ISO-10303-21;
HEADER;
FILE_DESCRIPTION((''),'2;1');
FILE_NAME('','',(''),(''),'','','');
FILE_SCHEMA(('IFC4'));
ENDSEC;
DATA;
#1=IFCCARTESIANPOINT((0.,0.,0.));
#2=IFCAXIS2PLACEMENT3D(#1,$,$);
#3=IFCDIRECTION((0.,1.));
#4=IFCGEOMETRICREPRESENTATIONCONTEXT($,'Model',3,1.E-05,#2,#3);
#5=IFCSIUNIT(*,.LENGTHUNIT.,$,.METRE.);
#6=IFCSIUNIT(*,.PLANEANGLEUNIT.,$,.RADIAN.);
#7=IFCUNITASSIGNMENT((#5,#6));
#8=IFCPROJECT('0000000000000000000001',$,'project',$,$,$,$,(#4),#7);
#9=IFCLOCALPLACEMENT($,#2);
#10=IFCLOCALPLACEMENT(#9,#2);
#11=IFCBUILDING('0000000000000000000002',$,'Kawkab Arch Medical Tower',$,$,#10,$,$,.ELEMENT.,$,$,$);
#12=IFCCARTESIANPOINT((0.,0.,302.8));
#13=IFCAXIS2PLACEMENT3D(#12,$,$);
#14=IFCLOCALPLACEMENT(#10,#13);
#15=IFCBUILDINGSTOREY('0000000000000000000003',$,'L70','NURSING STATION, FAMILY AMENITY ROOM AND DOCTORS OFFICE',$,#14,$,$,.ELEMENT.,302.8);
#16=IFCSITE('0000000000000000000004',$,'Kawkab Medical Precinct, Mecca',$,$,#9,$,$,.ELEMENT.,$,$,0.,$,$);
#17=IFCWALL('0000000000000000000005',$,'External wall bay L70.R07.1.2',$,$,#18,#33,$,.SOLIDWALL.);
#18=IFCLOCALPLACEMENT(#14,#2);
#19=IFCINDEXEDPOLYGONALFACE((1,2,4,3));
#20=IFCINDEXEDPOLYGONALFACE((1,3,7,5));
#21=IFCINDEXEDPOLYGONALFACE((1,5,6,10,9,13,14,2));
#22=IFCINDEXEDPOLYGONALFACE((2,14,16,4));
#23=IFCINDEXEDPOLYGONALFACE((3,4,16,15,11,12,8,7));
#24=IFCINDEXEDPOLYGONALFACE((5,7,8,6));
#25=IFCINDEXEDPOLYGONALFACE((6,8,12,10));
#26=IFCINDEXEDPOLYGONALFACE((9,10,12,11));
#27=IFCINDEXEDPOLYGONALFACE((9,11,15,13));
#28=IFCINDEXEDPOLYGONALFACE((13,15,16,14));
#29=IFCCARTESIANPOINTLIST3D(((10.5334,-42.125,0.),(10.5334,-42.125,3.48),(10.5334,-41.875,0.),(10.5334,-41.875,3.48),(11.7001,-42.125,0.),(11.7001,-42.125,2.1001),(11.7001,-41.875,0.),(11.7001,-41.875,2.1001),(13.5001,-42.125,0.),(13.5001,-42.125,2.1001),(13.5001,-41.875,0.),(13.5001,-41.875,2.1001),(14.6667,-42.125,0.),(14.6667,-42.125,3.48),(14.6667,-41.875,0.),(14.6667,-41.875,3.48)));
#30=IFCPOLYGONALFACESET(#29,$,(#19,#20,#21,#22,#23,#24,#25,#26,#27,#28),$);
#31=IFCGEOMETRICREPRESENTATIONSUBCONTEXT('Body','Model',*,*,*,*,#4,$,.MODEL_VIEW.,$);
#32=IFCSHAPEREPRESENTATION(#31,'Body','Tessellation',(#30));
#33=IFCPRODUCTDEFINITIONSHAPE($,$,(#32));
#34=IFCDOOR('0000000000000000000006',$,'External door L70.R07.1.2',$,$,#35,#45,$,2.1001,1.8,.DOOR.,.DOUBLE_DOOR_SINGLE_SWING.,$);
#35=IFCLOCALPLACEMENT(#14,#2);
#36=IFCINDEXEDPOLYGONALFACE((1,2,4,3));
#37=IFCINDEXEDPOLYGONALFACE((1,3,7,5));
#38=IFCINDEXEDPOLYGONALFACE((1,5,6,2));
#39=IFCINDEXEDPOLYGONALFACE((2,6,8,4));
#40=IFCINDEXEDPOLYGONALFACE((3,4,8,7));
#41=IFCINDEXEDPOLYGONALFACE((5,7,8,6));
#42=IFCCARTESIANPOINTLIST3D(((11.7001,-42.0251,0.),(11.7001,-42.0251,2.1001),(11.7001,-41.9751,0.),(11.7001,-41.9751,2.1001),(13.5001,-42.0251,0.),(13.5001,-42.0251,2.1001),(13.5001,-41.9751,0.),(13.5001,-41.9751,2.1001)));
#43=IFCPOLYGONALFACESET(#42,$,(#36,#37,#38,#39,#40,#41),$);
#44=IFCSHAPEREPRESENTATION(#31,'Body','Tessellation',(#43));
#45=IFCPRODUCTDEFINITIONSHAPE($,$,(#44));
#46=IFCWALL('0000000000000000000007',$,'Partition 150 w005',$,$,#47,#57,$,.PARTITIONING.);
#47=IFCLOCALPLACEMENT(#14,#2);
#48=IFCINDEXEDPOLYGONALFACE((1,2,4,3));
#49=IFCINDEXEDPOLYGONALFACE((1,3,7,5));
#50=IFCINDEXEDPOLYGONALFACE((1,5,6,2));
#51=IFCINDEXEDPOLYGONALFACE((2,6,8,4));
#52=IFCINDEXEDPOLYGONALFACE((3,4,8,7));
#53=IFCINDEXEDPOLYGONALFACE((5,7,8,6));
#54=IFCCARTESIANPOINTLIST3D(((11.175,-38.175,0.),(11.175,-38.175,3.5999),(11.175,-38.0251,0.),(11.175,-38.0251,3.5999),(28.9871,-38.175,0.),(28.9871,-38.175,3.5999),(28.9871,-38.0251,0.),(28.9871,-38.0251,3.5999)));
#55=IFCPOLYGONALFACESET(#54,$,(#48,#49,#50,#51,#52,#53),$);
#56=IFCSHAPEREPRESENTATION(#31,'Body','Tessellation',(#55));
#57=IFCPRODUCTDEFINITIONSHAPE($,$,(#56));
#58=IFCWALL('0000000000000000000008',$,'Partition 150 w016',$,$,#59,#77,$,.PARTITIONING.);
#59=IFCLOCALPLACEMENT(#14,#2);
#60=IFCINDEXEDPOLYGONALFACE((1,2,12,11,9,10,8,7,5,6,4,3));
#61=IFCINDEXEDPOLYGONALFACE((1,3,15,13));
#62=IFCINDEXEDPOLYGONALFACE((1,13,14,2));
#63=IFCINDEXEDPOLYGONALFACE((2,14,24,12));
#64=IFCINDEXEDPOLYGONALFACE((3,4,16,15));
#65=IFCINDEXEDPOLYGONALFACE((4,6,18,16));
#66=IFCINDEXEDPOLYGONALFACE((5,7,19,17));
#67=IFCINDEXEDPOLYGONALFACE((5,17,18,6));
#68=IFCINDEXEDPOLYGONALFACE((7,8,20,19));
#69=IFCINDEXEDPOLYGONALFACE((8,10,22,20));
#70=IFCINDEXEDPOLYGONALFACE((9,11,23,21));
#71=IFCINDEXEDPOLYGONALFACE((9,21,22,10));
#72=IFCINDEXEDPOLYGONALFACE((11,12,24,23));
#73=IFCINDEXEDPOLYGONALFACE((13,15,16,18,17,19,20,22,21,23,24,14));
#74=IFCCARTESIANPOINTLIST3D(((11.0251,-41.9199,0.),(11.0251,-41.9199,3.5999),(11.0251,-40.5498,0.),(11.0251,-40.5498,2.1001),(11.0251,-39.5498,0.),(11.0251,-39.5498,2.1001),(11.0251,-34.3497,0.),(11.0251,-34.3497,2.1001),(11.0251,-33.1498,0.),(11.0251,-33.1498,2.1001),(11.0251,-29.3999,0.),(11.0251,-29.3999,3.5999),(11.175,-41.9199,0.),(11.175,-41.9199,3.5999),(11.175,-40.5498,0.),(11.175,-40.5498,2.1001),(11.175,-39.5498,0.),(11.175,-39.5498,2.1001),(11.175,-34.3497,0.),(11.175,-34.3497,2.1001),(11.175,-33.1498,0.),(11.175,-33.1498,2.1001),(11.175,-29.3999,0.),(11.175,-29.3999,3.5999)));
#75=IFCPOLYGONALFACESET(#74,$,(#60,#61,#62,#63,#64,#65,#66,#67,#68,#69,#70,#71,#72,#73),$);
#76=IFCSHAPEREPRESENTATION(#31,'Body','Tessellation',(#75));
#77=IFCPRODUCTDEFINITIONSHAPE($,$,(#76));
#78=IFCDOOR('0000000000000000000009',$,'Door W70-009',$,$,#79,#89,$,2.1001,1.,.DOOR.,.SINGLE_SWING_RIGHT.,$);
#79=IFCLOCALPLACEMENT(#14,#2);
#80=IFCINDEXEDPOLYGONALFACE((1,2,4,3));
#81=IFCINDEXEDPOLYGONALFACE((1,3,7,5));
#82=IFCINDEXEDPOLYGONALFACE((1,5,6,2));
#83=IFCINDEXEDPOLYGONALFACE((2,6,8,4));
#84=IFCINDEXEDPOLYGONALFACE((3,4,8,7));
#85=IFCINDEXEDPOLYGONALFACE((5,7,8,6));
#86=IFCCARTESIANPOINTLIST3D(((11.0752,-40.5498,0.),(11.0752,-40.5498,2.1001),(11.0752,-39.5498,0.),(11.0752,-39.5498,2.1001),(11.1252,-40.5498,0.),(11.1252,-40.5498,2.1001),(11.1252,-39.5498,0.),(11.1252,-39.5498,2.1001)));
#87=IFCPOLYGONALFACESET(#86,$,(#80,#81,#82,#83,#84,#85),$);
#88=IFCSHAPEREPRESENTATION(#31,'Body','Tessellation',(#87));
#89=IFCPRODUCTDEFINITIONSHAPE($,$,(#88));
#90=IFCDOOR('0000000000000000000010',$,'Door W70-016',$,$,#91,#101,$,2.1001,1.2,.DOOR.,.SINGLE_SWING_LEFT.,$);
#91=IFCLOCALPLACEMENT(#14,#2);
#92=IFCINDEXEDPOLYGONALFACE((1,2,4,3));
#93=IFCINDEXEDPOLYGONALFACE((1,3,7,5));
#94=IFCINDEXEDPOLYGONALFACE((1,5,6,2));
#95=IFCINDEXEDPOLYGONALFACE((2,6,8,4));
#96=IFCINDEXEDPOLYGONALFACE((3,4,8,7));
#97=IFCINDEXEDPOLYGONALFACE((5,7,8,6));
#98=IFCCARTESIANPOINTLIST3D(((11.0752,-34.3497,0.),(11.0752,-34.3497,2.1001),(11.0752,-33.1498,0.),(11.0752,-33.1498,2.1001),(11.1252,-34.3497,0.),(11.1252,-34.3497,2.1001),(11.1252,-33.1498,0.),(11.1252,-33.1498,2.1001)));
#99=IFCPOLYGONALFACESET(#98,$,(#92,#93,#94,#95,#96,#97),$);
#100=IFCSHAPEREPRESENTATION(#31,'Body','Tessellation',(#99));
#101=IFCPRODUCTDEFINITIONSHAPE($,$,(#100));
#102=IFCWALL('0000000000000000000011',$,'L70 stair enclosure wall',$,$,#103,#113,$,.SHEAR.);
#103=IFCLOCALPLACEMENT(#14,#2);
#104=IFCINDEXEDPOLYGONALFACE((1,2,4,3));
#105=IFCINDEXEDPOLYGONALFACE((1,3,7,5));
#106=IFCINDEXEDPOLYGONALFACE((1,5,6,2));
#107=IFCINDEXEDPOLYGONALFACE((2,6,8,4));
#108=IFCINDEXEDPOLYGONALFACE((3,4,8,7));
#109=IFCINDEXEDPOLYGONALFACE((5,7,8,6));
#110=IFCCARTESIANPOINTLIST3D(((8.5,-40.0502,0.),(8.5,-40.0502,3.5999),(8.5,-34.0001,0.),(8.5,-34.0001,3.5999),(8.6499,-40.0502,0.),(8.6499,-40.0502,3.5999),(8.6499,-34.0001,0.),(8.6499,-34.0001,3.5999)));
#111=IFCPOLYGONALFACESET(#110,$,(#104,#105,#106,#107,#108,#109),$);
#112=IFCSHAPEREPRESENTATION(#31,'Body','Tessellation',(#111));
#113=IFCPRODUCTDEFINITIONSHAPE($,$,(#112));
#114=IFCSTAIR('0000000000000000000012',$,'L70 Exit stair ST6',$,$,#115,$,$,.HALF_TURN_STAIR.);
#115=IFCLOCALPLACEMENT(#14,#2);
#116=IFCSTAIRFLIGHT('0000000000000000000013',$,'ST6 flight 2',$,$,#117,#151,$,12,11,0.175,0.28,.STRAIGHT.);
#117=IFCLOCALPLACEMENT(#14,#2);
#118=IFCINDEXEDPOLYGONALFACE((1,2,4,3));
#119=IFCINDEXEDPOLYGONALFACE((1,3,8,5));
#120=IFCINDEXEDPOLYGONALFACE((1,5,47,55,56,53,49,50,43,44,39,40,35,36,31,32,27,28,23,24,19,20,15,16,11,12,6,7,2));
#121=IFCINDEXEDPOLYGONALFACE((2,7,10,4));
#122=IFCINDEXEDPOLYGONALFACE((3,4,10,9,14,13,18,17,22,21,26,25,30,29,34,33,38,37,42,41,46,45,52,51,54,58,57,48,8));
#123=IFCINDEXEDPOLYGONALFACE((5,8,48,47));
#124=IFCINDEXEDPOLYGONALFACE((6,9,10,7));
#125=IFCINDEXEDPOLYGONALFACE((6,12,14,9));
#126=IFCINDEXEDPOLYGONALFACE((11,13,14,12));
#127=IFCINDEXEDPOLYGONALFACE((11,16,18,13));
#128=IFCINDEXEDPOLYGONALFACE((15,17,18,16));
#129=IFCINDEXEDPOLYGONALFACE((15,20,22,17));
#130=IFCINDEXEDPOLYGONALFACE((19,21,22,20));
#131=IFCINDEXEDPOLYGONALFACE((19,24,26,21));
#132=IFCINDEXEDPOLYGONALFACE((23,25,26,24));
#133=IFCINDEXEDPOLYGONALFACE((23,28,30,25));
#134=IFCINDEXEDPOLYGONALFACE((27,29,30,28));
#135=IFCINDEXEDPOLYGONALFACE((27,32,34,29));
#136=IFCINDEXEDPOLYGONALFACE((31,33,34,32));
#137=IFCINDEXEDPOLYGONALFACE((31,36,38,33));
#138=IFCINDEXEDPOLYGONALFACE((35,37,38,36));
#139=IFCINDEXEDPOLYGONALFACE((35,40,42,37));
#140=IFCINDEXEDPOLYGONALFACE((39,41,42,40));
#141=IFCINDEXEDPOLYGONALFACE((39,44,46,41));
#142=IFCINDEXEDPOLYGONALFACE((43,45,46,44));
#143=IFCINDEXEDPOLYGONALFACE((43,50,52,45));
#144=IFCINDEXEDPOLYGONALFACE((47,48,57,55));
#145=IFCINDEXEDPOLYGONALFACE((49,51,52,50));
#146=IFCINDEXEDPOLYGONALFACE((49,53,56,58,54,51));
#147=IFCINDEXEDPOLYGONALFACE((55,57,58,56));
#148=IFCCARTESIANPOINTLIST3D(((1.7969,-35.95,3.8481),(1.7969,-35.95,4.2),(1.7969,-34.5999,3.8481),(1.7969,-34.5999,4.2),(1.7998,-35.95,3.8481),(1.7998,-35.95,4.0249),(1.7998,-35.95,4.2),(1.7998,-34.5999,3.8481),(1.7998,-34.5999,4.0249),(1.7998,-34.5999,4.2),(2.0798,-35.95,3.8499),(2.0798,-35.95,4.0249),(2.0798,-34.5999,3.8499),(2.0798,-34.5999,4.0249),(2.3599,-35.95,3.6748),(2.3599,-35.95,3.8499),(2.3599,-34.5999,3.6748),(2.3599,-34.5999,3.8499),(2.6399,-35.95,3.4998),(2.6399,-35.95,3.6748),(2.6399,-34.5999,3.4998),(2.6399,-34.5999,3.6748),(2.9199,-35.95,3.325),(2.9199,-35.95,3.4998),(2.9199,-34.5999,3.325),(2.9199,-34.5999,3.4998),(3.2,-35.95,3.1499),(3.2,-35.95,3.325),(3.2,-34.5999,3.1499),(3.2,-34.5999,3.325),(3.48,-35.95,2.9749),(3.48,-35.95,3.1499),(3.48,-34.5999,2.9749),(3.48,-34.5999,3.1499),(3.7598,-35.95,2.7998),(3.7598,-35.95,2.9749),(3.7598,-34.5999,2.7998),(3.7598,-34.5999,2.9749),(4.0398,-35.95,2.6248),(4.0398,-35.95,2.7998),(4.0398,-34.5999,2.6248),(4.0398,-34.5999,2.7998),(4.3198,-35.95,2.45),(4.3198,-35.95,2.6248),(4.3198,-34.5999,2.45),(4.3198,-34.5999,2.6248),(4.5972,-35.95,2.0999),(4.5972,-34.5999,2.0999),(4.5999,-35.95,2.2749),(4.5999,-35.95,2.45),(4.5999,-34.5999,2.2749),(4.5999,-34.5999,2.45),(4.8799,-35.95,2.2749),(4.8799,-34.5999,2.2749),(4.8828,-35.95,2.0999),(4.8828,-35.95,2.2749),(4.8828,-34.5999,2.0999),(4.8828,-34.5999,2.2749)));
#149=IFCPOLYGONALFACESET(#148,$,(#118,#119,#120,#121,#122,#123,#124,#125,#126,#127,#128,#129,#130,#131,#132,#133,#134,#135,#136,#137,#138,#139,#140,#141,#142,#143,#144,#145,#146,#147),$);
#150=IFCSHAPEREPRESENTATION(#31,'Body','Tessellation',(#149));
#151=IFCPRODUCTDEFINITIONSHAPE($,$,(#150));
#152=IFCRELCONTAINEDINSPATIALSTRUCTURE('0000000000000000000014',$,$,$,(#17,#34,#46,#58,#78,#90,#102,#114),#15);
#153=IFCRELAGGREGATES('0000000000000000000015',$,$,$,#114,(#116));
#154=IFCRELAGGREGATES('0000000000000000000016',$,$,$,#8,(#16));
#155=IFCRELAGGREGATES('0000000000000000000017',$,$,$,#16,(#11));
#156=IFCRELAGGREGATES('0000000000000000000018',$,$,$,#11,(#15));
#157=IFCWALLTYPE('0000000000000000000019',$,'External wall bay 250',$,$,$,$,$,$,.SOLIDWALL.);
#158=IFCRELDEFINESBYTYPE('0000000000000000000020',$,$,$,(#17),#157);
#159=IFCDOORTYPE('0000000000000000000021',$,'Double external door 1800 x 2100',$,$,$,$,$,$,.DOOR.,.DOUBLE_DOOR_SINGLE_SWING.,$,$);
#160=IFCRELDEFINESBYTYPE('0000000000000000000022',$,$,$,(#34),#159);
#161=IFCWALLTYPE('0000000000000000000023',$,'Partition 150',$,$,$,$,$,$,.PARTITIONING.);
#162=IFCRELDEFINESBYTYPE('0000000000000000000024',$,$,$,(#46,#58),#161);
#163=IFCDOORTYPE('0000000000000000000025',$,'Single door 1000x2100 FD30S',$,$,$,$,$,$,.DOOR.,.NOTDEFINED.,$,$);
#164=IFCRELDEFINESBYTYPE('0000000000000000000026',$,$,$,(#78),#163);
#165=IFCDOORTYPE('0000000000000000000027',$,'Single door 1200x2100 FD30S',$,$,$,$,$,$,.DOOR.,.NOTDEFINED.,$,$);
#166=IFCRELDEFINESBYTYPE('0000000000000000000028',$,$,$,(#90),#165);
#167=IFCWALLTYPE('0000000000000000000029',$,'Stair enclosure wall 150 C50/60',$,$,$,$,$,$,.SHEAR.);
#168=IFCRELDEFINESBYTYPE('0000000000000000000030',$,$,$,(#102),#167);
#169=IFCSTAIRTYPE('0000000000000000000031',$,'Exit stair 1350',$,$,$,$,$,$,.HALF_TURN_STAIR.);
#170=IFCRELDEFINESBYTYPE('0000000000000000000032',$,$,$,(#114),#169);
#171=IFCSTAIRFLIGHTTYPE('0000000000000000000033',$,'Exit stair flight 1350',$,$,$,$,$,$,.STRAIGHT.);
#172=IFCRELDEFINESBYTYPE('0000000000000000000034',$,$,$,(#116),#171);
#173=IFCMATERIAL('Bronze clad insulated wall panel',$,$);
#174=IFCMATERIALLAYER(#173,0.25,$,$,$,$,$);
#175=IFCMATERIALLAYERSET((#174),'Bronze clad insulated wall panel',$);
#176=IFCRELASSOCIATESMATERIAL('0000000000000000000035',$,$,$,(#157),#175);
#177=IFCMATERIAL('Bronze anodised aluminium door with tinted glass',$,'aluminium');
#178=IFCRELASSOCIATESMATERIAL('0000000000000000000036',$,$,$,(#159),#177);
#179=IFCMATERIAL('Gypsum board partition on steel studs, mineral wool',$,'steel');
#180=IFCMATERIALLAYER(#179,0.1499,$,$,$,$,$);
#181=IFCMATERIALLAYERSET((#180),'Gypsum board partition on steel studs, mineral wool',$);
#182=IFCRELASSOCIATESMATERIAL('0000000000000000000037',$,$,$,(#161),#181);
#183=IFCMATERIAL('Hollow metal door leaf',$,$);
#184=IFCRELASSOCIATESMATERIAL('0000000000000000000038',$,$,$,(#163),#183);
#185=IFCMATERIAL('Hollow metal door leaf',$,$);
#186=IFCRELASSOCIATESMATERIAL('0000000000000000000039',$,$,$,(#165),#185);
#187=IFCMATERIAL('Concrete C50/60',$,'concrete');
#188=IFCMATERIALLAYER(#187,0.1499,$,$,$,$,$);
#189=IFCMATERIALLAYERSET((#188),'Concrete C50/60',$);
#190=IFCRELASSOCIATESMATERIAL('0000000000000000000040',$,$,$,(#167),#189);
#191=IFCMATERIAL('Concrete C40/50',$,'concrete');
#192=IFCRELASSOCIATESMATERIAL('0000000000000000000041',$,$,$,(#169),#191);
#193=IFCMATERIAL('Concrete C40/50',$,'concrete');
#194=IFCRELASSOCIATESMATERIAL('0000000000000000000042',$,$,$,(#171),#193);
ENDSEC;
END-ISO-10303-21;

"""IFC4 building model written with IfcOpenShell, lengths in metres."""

from ifc_helpers import new_model, si_unit, direction, frame, frame_2d, origin, place, context, subcontext, project, spatial, polyline, rectangle, outline, extrude, material, layer, layer_set, type_object, element, fill, aggregate, save


model = new_model("IFC4")

# Units and contexts
model_context = context("Model", 3, precision=1e-05, world=origin(), true_north=direction((0.0, 1.0)))
body_context = subcontext(model_context, "Body", "Model", "MODEL_VIEW")
ifc_project = project(units=[si_unit("LENGTHUNIT", "METRE"), si_unit("PLANEANGLEUNIT", "RADIAN")], contexts=[model_context])

# Site, building, storey
site_placement = place(None, origin())
site = spatial("IfcSite", under=ifc_project, at=site_placement, Name="Kawkab Medical Precinct, Mecca", CompositionType="ELEMENT", RefElevation=0.0)
building_placement = place(site_placement, origin())
building = spatial("IfcBuilding", under=site, at=building_placement, Name="Kawkab Arch Medical Tower", CompositionType="ELEMENT")
storey_placement = place(building_placement, frame((0.0, 0.0, 302.8)))
storey = spatial("IfcBuildingStorey", under=building, at=storey_placement, Name="L70", Description="NURSING STATION, FAMILY AMENITY ROOM AND DOCTORS OFFICE", CompositionType="ELEMENT", Elevation=302.8)

# Shared definitions
placement = place(storey_placement, origin())

# Wall, opening, door
ifc_material_1 = material(Name="Bronze clad insulated wall panel")
ifc_layer_1 = layer(ifc_material_1, 0.25)
ifc_layer_set_1 = layer_set([ifc_layer_1], Name="Bronze clad insulated wall panel")
wall_type_1 = type_object("IfcWallType", Name="External wall bay 250", PredefinedType="SOLIDWALL", material=ifc_layer_set_1)
wall_1_placement = place(storey_placement, frame((10.5334, -42.0, 0.0), z_axis=(0.0, 0.0, 1.0), x_axis=(1.0, 0.0, 0.0)))
wall_1 = element("IfcWall", 1, at=wall_1_placement, inside=storey, type_object=wall_type_1, Name="External wall bay L70.R07.1.2", PredefinedType="SOLIDWALL", context=body_context, shape_type="SweptSolid", body=[
    extrude(rectangle(XDim=4.1333, YDim=0.25, at=frame_2d((2.0667, 0.0))), origin(), (0.0, 0.0, 1.0), 3.48),
])
opening_1_placement = place(wall_1_placement, frame((1.1667, 0.0, 0.0)))
opening_1 = element("IfcOpeningElement", 2, at=opening_1_placement, cuts=wall_1, PredefinedType="OPENING", context=body_context, shape_type="SweptSolid", body=[
    extrude(rectangle(XDim=1.8, YDim=2.1001, at=frame_2d((0.8999, 1.05))), frame((0.0, 0.135, 0.0), z_axis=(0.0, -1.0, 0.0), x_axis=(1.0, 0.0, 0.0)), (0.0, 0.0, 1.0), 0.27),
])
ifc_material_2 = material(Name="Bronze anodised aluminium door with tinted glass", Category="aluminium")
door_type_1 = type_object("IfcDoorType", Name="Double external door 1800 x 2100", OperationType="DOUBLE_DOOR_SINGLE_SWING", PredefinedType="DOOR", material=ifc_material_2)
door_1_placement = place(opening_1_placement, origin())
door_1 = element("IfcDoor", 3, at=door_1_placement, inside=storey, type_object=door_type_1, Name="External door L70.R07.1.2", OperationType="DOUBLE_DOOR_SINGLE_SWING", OverallHeight=2.1001, OverallWidth=1.8, PredefinedType="DOOR", context=body_context, shape_type="SweptSolid", body=[
    extrude(rectangle(XDim=1.8, YDim=2.1001, at=frame_2d((0.8999, 1.05))), frame((0.0, 0.0249, 0.0), z_axis=(0.0, -1.0, 0.0), x_axis=(1.0, 0.0, 0.0)), (0.0, 0.0, 1.0), 0.05),
])
fill(opening_1, door_1)

# Wall
ifc_material_3 = material(Name="Gypsum board partition on steel studs, mineral wool", Category="steel")
ifc_layer_2 = layer(ifc_material_3, 0.1499)
ifc_layer_set_2 = layer_set([ifc_layer_2], Name="Gypsum board partition on steel studs, mineral wool")
wall_type_2 = type_object("IfcWallType", Name="Partition 150", PredefinedType="PARTITIONING", material=ifc_layer_set_2)
wall_2_placement = place(storey_placement, frame((11.175, -38.1001, 0.0), z_axis=(0.0, 0.0, 1.0), x_axis=(1.0, 0.0, 0.0)))
element("IfcWall", 4, at=wall_2_placement, inside=storey, type_object=wall_type_2, Name="Partition 150 w005", PredefinedType="PARTITIONING", context=body_context, shape_type="SweptSolid", body=[
    extrude(rectangle(XDim=17.812, YDim=0.1499, at=frame_2d((8.906, 0.0))), origin(), (0.0, 0.0, 1.0), 3.5999),
])

# Wall, openings, doors
wall_3_placement = place(storey_placement, frame((11.1001, -41.9199, 0.0), z_axis=(0.0, 0.0, 1.0), x_axis=(0.0, 1.0, 0.0)))
wall_3 = element("IfcWall", 5, at=wall_3_placement, inside=storey, type_object=wall_type_2, Name="Partition 150 w016", PredefinedType="PARTITIONING", context=body_context, shape_type="SweptSolid", body=[
    extrude(rectangle(XDim=12.52, YDim=0.1499, at=frame_2d((6.26, 0.0))), origin(), (0.0, 0.0, 1.0), 3.5999),
])
opening_2_placement = place(wall_3_placement, frame((7.5701, 0.0, 0.0)))
opening_2 = element("IfcOpeningElement", 6, at=opening_2_placement, cuts=wall_3, PredefinedType="OPENING", context=body_context, shape_type="SweptSolid", body=[
    extrude(rectangle(XDim=1.2, YDim=2.1001, at=frame_2d((0.6001, 1.05))), frame((0.0, 0.085, 0.0), z_axis=(0.0, -1.0, 0.0), x_axis=(1.0, 0.0, 0.0)), (0.0, 0.0, 1.0), 0.1699),
])
opening_3_placement = place(wall_3_placement, frame((1.3701, 0.0, 0.0)))
opening_3 = element("IfcOpeningElement", 7, at=opening_3_placement, cuts=wall_3, PredefinedType="OPENING", context=body_context, shape_type="SweptSolid", body=[
    extrude(rectangle(XDim=1.0, YDim=2.1001, at=frame_2d((0.5, 1.05))), frame((0.0, 0.085, 0.0), z_axis=(0.0, -1.0, 0.0), x_axis=(1.0, 0.0, 0.0)), (0.0, 0.0, 1.0), 0.1699),
])
ifc_material_4 = material(Name="Hollow metal door leaf")
door_type_2 = type_object("IfcDoorType", Name="Single door 1000x2100 FD30S", OperationType="NOTDEFINED", PredefinedType="DOOR", material=ifc_material_4)
door_2_placement = place(opening_3_placement, origin())
door_2 = element("IfcDoor", 8, at=door_2_placement, inside=storey, type_object=door_type_2, Name="Door W70-009", OperationType="SINGLE_SWING_RIGHT", OverallHeight=2.1001, OverallWidth=1.0, PredefinedType="DOOR", context=body_context, shape_type="SweptSolid", body=[
    extrude(rectangle(XDim=1.0, YDim=2.1001, at=frame_2d((0.5, 1.05))), frame((0.0, 0.0249, 0.0), z_axis=(0.0, -1.0, 0.0), x_axis=(1.0, 0.0, 0.0)), (0.0, 0.0, 1.0), 0.05),
])
fill(opening_3, door_2)
ifc_material_5 = material(Name="Hollow metal door leaf")
door_type_3 = type_object("IfcDoorType", Name="Single door 1200x2100 FD30S", OperationType="NOTDEFINED", PredefinedType="DOOR", material=ifc_material_5)
door_3_placement = place(opening_2_placement, origin())
door_3 = element("IfcDoor", 9, at=door_3_placement, inside=storey, type_object=door_type_3, Name="Door W70-016", OperationType="SINGLE_SWING_LEFT", OverallHeight=2.1001, OverallWidth=1.2, PredefinedType="DOOR", context=body_context, shape_type="SweptSolid", body=[
    extrude(rectangle(XDim=1.2, YDim=2.1001, at=frame_2d((0.6001, 1.05))), frame((0.0, 0.0249, 0.0), z_axis=(0.0, -1.0, 0.0), x_axis=(1.0, 0.0, 0.0)), (0.0, 0.0, 1.0), 0.05),
])
fill(opening_2, door_3)

# Wall
ifc_material_6 = material(Name="Concrete C50/60", Category="concrete")
ifc_layer_3 = layer(ifc_material_6, 0.1499)
ifc_layer_set_3 = layer_set([ifc_layer_3], Name="Concrete C50/60")
wall_type_3 = type_object("IfcWallType", Name="Stair enclosure wall 150 C50/60", PredefinedType="SHEAR", material=ifc_layer_set_3)
wall_4_placement = place(storey_placement, frame((8.575, -40.05, 0.0), z_axis=(0.0, 0.0, 1.0), x_axis=(0.0, 1.0, 0.0)))
element("IfcWall", 10, at=wall_4_placement, inside=storey, type_object=wall_type_3, Name="L70 stair enclosure wall", PredefinedType="SHEAR", context=body_context, shape_type="SweptSolid", body=[
    extrude(rectangle(XDim=6.05, YDim=0.1499, at=frame_2d((3.0249, 0.0))), origin(), (0.0, 0.0, 1.0), 3.5999),
])

# Stair, stair flight
ifc_material_7 = material(Name="Concrete C40/50", Category="concrete")
stair_type = type_object("IfcStairType", Name="Exit stair 1350", PredefinedType="HALF_TURN_STAIR", material=ifc_material_7)
stair = element("IfcStair", 11, at=placement, inside=storey, type_object=stair_type, Name="L70 Exit stair ST6", PredefinedType="HALF_TURN_STAIR")
ifc_material_8 = material(Name="Concrete C40/50", Category="concrete")
stair_flight_type = type_object("IfcStairFlightType", Name="Exit stair flight 1350", PredefinedType="STRAIGHT", material=ifc_material_8)
stair_flight_placement = place(storey_placement, frame((4.8799, -35.2749, 2.0999), z_axis=(0.0, 0.0, 1.0), x_axis=(-1.0, 0.0, 0.0)))
stair_flight = element("IfcStairFlight", 12, at=stair_flight_placement, type_object=stair_flight_type, Name="ST6 flight 2", NumberOfRisers=12, NumberOfTreads=11, PredefinedType="STRAIGHT", RiserHeight=0.175, TreadLength=0.28, context=body_context, shape_type="SweptSolid", body=[
    extrude(outline(polyline([(-0.0029, 0.0), (-0.0029, 0.175), (0.0, 0.175), (0.28, 0.175), (0.28, 0.3501), (0.5601, 0.3501), (0.5601, 0.5249), (0.8401, 0.5249), (0.8401, 0.7), (1.1201, 0.7), (1.1201, 0.875), (1.3999, 0.875), (1.3999, 1.05), (1.6799, 1.05), (1.6799, 1.2251), (1.96, 1.2251), (1.96, 1.3999), (2.24, 1.3999), (2.24, 1.575), (2.52, 1.575), (2.52, 1.75), (2.8, 1.75), (2.8, 1.925), (3.0801, 1.925), (3.0801, 2.1001), (3.083, 2.1001), (3.083, 1.7483), (3.0801, 1.7483), (0.2827, 0.0), (-0.0029, 0.0)])), frame((0.0, 0.675, 0.0), z_axis=(0.0, -1.0, 0.0), x_axis=(1.0, 0.0, 0.0)), (0.0, 0.0, 1.0), 1.3501),
])
aggregate(stair, [stair_flight])

save(model, "model.ifc")
